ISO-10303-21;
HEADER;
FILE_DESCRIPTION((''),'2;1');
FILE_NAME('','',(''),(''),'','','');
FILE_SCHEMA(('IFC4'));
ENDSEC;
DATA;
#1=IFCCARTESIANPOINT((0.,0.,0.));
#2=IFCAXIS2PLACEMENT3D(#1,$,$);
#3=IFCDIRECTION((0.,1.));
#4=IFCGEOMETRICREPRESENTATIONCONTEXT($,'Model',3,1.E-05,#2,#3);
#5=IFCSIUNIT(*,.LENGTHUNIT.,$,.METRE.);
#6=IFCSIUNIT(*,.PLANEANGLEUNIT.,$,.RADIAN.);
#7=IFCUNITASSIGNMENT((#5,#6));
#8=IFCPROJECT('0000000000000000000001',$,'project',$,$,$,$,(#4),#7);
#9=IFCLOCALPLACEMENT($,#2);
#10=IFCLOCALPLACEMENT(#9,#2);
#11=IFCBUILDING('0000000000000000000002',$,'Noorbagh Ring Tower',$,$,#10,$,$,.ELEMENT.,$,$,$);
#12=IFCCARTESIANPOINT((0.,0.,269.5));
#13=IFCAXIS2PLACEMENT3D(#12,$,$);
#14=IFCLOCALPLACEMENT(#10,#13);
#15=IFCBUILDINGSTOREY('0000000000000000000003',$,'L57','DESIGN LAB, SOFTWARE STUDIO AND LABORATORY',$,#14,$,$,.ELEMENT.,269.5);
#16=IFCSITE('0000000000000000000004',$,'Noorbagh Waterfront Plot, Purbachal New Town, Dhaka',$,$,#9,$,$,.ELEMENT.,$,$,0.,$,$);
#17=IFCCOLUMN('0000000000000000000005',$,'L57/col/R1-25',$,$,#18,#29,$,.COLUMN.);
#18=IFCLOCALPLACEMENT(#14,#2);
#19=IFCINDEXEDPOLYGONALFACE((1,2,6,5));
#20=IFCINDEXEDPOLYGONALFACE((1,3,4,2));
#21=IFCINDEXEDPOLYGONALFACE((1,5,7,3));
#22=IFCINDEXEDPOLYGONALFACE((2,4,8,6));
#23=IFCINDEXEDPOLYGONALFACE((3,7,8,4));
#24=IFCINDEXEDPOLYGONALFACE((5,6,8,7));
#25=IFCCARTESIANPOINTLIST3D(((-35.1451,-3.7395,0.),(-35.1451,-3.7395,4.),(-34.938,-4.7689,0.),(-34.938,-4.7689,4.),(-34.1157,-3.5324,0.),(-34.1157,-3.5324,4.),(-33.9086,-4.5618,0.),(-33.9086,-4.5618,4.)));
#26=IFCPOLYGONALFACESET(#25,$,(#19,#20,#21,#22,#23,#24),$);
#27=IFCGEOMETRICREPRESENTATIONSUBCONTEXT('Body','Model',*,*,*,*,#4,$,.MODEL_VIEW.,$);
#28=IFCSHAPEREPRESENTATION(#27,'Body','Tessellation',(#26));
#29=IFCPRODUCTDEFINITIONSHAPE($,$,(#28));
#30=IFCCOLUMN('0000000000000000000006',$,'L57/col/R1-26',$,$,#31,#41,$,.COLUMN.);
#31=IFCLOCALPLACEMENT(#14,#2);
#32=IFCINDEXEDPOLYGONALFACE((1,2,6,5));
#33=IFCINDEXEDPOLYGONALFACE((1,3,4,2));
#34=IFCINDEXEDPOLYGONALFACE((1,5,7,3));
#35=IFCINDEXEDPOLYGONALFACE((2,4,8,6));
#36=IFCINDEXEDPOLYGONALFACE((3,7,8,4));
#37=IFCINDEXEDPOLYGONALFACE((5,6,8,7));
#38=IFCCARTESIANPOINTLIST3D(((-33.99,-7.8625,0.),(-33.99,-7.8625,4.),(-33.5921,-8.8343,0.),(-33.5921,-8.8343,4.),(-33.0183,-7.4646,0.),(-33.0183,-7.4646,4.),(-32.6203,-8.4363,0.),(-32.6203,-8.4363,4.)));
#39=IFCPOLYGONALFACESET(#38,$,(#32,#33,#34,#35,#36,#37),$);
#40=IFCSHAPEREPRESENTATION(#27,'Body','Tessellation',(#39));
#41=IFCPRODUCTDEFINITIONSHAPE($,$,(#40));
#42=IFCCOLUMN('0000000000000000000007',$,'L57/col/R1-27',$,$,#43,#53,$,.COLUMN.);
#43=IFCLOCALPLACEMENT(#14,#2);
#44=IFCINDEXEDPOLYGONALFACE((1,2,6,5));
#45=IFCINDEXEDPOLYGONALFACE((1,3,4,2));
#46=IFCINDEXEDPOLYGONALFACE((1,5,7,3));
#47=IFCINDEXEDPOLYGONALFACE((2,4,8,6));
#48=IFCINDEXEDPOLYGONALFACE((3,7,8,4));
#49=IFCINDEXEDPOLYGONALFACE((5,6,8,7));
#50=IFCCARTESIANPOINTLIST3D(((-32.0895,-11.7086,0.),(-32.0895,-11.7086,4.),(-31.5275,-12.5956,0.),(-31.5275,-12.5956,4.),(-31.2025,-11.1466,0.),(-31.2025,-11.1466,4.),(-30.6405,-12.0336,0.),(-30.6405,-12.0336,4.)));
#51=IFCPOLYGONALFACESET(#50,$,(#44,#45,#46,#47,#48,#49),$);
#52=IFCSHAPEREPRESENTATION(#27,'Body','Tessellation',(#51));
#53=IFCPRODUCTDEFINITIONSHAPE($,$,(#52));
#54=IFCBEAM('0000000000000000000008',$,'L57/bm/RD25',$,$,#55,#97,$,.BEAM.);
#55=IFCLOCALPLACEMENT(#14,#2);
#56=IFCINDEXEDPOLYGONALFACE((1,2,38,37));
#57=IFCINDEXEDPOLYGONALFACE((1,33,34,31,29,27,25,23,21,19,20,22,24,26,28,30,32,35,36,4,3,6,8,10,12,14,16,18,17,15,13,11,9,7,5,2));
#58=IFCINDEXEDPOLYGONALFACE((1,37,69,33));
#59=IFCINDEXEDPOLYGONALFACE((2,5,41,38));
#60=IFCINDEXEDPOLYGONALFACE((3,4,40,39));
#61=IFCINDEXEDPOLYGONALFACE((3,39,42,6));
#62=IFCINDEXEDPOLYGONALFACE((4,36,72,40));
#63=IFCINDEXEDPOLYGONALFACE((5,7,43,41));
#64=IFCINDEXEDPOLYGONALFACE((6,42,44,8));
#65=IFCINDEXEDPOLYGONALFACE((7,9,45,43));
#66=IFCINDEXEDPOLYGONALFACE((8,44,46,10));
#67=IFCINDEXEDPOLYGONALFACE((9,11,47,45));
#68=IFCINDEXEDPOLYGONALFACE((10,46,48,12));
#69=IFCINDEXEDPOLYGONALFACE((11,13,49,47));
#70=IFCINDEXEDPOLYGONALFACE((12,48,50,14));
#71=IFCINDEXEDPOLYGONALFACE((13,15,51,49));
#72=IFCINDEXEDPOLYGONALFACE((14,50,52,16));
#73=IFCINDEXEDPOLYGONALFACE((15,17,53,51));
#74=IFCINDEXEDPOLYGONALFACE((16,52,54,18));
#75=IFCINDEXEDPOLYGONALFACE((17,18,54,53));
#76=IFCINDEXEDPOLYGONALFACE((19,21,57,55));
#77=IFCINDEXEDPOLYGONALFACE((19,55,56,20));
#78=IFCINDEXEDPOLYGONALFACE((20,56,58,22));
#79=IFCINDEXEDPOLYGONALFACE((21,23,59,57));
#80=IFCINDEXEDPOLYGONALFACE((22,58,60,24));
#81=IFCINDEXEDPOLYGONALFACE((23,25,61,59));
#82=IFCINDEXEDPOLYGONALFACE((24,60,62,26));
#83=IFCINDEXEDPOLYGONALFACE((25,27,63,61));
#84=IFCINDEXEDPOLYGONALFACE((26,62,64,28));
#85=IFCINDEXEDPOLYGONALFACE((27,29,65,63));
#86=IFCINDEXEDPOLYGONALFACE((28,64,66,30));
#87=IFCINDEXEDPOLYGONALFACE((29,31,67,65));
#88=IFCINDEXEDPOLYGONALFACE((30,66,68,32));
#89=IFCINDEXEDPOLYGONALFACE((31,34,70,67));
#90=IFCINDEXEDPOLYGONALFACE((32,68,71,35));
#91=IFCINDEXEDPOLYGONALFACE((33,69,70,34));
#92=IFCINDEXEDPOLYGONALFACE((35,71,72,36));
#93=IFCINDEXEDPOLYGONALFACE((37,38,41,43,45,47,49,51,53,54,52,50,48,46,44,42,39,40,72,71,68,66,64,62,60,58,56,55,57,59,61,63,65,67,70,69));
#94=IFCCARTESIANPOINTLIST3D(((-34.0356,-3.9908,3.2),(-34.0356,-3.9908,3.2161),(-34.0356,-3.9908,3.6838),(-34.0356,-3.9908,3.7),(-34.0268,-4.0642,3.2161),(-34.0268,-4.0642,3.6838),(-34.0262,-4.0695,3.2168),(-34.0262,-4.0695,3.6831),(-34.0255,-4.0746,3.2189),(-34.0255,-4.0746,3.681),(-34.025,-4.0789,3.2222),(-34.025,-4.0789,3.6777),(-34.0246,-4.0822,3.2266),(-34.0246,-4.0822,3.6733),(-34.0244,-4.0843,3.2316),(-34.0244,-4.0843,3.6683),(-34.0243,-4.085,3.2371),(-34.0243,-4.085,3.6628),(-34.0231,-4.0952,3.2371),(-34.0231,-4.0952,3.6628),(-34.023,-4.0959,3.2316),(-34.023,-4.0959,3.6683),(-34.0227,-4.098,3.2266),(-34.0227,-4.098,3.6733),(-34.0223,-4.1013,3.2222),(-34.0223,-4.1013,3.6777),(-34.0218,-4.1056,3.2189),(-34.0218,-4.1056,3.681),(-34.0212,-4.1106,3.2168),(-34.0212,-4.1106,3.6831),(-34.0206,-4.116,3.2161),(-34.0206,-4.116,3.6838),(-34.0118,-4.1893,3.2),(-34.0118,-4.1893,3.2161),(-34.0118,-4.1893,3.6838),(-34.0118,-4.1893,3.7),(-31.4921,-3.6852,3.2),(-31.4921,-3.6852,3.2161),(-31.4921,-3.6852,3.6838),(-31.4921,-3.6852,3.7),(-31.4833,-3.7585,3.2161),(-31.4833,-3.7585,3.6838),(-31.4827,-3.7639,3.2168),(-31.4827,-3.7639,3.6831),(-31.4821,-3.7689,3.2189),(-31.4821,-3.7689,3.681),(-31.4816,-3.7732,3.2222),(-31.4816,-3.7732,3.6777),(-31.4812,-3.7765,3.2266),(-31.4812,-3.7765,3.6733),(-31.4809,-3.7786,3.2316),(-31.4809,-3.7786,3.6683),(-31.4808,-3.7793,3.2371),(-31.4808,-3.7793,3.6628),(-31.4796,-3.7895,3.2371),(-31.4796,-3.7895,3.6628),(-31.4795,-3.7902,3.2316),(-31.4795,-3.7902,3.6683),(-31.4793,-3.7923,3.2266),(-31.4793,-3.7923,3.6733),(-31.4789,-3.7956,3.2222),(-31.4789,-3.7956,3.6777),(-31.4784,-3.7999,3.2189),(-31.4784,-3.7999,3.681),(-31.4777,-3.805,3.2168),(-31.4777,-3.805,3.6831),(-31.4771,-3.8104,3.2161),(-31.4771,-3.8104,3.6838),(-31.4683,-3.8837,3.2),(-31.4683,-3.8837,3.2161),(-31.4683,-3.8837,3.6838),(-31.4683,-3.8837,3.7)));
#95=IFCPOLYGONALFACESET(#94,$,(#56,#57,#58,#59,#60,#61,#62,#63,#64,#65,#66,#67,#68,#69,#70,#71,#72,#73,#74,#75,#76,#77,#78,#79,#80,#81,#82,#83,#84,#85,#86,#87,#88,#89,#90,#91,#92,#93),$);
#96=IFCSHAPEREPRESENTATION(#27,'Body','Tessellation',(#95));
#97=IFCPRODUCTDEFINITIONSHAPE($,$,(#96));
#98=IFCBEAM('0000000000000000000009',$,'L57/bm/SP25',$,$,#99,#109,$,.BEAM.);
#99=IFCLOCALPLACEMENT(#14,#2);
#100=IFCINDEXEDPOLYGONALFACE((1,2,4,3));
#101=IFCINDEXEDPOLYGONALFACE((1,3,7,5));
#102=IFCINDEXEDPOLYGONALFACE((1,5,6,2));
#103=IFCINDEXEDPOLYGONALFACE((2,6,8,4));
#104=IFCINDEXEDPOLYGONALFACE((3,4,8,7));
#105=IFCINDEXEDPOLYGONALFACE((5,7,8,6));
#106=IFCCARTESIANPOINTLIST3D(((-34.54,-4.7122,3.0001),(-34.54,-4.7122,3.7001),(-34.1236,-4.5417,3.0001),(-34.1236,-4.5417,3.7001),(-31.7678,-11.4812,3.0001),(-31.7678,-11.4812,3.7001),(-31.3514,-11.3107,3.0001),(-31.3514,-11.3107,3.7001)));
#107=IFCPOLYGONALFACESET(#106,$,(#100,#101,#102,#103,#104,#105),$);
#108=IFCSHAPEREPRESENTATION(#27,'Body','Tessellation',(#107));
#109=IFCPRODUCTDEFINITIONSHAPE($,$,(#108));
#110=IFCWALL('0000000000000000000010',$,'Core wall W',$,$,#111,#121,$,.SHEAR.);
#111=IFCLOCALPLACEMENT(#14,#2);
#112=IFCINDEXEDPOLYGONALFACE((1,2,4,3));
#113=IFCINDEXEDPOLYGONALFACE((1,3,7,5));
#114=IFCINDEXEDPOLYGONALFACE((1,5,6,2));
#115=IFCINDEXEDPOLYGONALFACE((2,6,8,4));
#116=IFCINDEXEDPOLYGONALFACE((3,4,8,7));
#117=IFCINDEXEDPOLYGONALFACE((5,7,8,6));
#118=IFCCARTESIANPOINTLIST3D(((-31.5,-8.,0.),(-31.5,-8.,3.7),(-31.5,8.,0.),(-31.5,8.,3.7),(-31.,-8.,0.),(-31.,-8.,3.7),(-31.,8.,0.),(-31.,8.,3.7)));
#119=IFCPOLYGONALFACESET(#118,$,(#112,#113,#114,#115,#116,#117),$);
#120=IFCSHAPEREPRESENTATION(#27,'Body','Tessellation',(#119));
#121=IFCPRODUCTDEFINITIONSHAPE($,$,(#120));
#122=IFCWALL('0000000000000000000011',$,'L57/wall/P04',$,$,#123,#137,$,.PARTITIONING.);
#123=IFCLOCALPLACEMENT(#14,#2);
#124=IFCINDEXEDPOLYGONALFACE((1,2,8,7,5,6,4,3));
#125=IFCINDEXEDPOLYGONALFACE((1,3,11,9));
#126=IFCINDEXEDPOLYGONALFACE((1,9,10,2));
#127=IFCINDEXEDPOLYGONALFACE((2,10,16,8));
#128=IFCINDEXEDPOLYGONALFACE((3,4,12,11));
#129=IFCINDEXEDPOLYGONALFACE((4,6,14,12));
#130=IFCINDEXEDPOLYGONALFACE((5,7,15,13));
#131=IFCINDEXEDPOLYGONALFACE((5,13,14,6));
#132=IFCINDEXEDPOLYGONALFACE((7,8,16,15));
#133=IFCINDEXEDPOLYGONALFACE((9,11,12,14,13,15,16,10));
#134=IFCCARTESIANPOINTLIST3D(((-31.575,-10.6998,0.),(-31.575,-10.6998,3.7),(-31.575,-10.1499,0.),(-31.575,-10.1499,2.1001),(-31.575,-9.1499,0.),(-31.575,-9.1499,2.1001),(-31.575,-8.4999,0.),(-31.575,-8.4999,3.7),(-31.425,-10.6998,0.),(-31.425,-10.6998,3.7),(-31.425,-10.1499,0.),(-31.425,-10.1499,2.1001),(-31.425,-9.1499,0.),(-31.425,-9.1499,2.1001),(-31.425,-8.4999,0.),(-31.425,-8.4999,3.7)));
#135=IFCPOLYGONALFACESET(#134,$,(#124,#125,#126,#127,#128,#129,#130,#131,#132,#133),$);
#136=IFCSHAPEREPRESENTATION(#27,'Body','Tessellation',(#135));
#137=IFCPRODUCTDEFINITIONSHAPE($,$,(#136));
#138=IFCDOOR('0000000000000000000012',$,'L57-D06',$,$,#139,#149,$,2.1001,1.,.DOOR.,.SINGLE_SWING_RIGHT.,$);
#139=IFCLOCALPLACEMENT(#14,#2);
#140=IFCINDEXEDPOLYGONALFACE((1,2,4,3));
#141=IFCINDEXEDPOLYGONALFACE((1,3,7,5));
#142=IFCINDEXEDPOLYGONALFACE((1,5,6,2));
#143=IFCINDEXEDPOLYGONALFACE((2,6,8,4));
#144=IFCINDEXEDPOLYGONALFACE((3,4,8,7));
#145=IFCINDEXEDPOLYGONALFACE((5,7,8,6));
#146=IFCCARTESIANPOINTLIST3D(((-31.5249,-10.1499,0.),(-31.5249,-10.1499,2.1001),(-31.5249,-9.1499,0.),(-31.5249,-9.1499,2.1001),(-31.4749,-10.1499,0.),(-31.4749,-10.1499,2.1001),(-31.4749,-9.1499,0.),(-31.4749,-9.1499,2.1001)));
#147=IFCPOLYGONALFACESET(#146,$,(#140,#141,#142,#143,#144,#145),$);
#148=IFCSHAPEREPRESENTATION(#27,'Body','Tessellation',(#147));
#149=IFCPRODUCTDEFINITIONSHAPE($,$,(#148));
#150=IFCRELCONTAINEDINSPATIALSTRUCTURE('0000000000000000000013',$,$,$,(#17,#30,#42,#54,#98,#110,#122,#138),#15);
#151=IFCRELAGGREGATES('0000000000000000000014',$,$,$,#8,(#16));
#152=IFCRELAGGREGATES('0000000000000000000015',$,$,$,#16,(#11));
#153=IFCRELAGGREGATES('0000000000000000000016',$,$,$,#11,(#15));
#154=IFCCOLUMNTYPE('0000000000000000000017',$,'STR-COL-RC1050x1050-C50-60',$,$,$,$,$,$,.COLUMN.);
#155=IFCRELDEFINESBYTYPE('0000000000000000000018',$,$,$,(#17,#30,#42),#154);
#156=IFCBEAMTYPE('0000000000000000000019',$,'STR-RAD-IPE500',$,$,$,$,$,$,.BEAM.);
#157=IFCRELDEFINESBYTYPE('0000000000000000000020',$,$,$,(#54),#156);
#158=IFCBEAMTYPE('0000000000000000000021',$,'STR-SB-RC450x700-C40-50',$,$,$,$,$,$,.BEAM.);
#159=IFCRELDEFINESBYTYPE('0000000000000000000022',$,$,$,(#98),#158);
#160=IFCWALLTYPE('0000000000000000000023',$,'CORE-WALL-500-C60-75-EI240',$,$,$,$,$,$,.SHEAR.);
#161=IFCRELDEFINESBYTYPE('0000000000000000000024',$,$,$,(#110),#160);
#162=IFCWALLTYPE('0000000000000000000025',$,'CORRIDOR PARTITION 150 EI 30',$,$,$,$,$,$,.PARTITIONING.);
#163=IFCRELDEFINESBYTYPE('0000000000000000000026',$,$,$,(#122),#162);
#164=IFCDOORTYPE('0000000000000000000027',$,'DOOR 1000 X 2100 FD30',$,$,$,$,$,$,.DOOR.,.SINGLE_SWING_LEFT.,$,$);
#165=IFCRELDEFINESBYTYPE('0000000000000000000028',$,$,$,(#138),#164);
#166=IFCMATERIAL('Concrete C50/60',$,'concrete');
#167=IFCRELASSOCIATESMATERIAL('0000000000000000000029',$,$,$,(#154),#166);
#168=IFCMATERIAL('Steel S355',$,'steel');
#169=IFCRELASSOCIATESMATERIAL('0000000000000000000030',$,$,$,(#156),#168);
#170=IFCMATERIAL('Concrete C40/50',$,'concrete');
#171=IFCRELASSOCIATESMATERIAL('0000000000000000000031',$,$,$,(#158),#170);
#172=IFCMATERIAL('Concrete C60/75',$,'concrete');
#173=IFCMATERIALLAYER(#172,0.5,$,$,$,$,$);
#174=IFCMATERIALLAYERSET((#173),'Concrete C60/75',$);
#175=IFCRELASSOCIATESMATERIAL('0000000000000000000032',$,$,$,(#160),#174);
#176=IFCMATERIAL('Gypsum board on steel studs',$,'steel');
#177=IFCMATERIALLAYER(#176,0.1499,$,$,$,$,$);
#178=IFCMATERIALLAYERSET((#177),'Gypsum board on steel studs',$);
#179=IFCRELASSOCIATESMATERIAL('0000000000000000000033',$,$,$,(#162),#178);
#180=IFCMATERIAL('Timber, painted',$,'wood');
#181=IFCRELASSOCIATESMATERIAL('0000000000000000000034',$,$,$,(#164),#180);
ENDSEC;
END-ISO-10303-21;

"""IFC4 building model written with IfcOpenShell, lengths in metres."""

from ifc_helpers import new_model, si_unit, direction, frame, frame_2d, origin, origin_2d, place, context, subcontext, project, spatial, rectangle, i_section, extrude, material, layer, layer_set, material_profile, profile_set, type_object, element, fill, save


model = new_model("IFC4")

# Units and contexts
model_context = context("Model", 3, precision=1e-05, world=origin(), true_north=direction((0.0, 1.0)))
body_context = subcontext(model_context, "Body", "Model", "MODEL_VIEW")
ifc_project = project(units=[si_unit("LENGTHUNIT", "METRE"), si_unit("PLANEANGLEUNIT", "RADIAN")], contexts=[model_context])

# Site, building, storey
site_placement = place(None, origin())
site = spatial("IfcSite", under=ifc_project, at=site_placement, Name="Noorbagh Waterfront Plot, Purbachal New Town, Dhaka", CompositionType="ELEMENT", RefElevation=0.0)
building_placement = place(site_placement, origin())
building = spatial("IfcBuilding", under=site, at=building_placement, Name="Noorbagh Ring Tower", CompositionType="ELEMENT")
storey_placement = place(building_placement, frame((0.0, 0.0, 269.5)))
storey = spatial("IfcBuildingStorey", under=building, at=storey_placement, Name="L57", Description="DESIGN LAB, SOFTWARE STUDIO AND LABORATORY", CompositionType="ELEMENT", Elevation=269.5)

# Columns
ifc_material_1 = material(Name="Concrete C50/60", Category="concrete")
ifc_material_profile_1 = material_profile(ifc_material_1, rectangle(XDim=1.05, YDim=1.05, at=origin_2d()), Name="RC1050x1050")
ifc_profile_set_1 = profile_set([ifc_material_profile_1], Name="Concrete C50/60")
column_type = type_object("IfcColumnType", Name="STR-COL-RC1050x1050-C50-60", PredefinedType="COLUMN", material=ifc_profile_set_1)
for number, where, z_axis, x_axis, name in (
    (1, (-34.5269, -4.1506, 0.0), (0.0, 0.0, 1.0), (0.19723, -0.980357, 0.0), "L57/col/R1-25"),
    (2, (-33.3052, -8.1494, 0.0), (0.0, 0.0, 1.0), (0.378989, -0.925401, 0.0), "L57/col/R1-26"),
    (3, (-31.365, -11.8711, 0.0), (0.0, 0.0, 1.0), (0.53519, -0.844731, 0.0), "L57/col/R1-27"),
):
    element("IfcColumn", number, at=place(storey_placement, frame(where, z_axis=z_axis, x_axis=x_axis)), inside=storey, type_object=column_type, Name=name, PredefinedType="COLUMN", context=body_context, shape_type="SweptSolid", body=[
        extrude(rectangle(XDim=1.05, YDim=1.05, at=origin_2d()), origin(), (0.0, 0.0, 1.0), 4.0),
    ])

# Beams
ifc_material_2 = material(Name="Steel S355", Category="steel")
ifc_material_profile_2 = material_profile(ifc_material_2, i_section(OverallWidth=0.2, OverallDepth=0.5, WebThickness=0.0103, FlangeThickness=0.0161, FilletRadius=0.021, at=origin_2d()), Name="IPE500")
ifc_profile_set_2 = profile_set([ifc_material_profile_2], Name="Steel S355")
beam_type_1 = type_object("IfcBeamType", Name="STR-RAD-IPE500", PredefinedType="BEAM", material=ifc_profile_set_2)
beam_1_placement = place(storey_placement, frame((-34.0237, -4.0901, 3.45), z_axis=(0.992856, 0.119318, 0.0), x_axis=(-0.119318, 0.992856, 0.0)))
element("IfcBeam", 4, at=beam_1_placement, inside=storey, type_object=beam_type_1, Name="L57/bm/RD25", PredefinedType="BEAM", context=body_context, shape_type="SweptSolid", body=[
    extrude(i_section(OverallWidth=0.2, OverallDepth=0.5, WebThickness=0.0103, FlangeThickness=0.0161, FilletRadius=0.021, at=origin_2d()), origin(), (0.0, 0.0, 1.0), 2.5618),
])
ifc_material_3 = material(Name="Concrete C40/50", Category="concrete")
ifc_material_profile_3 = material_profile(ifc_material_3, rectangle(XDim=0.45, YDim=0.7, at=origin_2d()), Name="RC450x700")
ifc_profile_set_3 = profile_set([ifc_material_profile_3], Name="Concrete C40/50")
beam_type_2 = type_object("IfcBeamType", Name="STR-SB-RC450x700-C40-50", PredefinedType="BEAM", material=ifc_profile_set_3)
beam_2_placement = place(storey_placement, frame((-34.3318, -4.627, 3.3501), z_axis=(0.378992, -0.9254, 0.0), x_axis=(0.9254, 0.378992, 0.0)))
element("IfcBeam", 5, at=beam_2_placement, inside=storey, type_object=beam_type_2, Name="L57/bm/SP25", PredefinedType="BEAM", context=body_context, shape_type="SweptSolid", body=[
    extrude(rectangle(XDim=0.45, YDim=0.7, at=origin_2d()), origin(), (0.0, 0.0, 1.0), 7.3147),
])

# Wall
ifc_material_4 = material(Name="Concrete C60/75", Category="concrete")
ifc_layer_1 = layer(ifc_material_4, 0.5)
ifc_layer_set_1 = layer_set([ifc_layer_1], Name="Concrete C60/75")
wall_type_1 = type_object("IfcWallType", Name="CORE-WALL-500-C60-75-EI240", PredefinedType="SHEAR", material=ifc_layer_set_1)
wall_1_placement = place(storey_placement, frame((-31.25, -8.0, 0.0), z_axis=(0.0, 0.0, 1.0), x_axis=(0.0, 1.0, 0.0)))
element("IfcWall", 6, at=wall_1_placement, inside=storey, type_object=wall_type_1, Name="Core wall W", PredefinedType="SHEAR", context=body_context, shape_type="SweptSolid", body=[
    extrude(rectangle(XDim=16.0, YDim=0.5, at=frame_2d((8.0, 0.0))), origin(), (0.0, 0.0, 1.0), 3.7),
])

# Wall, opening, door
ifc_material_5 = material(Name="Gypsum board on steel studs", Category="steel")
ifc_layer_2 = layer(ifc_material_5, 0.1499)
ifc_layer_set_2 = layer_set([ifc_layer_2], Name="Gypsum board on steel studs")
wall_type_2 = type_object("IfcWallType", Name="CORRIDOR PARTITION 150 EI 30", PredefinedType="PARTITIONING", material=ifc_layer_set_2)
wall_2_placement = place(storey_placement, frame((-31.5, -10.7, 0.0), z_axis=(0.0, 0.0, 1.0), x_axis=(0.0, 1.0, 0.0)))
wall_2 = element("IfcWall", 7, at=wall_2_placement, inside=storey, type_object=wall_type_2, Name="L57/wall/P04", PredefinedType="PARTITIONING", context=body_context, shape_type="SweptSolid", body=[
    extrude(rectangle(XDim=2.2, YDim=0.1499, at=frame_2d((1.1001, 0.0))), origin(), (0.0, 0.0, 1.0), 3.7),
])
opening_1_placement = place(wall_2_placement, frame((0.55, 0.0, 0.0)))
opening_1 = element("IfcOpeningElement", 8, at=opening_1_placement, cuts=wall_2, PredefinedType="OPENING", context=body_context, shape_type="SweptSolid", body=[
    extrude(rectangle(XDim=1.0, YDim=2.1001, at=frame_2d((0.5, 1.05))), frame((0.0, 0.085, 0.0), z_axis=(0.0, -1.0, 0.0), x_axis=(1.0, 0.0, 0.0)), (0.0, 0.0, 1.0), 0.1699),
])
ifc_material_6 = material(Name="Timber, painted", Category="wood")
door_type = type_object("IfcDoorType", Name="DOOR 1000 X 2100 FD30", OperationType="SINGLE_SWING_LEFT", PredefinedType="DOOR", material=ifc_material_6)
door_1_placement = place(opening_1_placement, origin())
door_1 = element("IfcDoor", 9, at=door_1_placement, inside=storey, type_object=door_type, Name="L57-D06", OperationType="SINGLE_SWING_RIGHT", OverallHeight=2.1001, OverallWidth=1.0, PredefinedType="DOOR", context=body_context, shape_type="SweptSolid", body=[
    extrude(rectangle(XDim=1.0, YDim=2.1001, at=frame_2d((0.5, 1.05))), frame((0.0, 0.0249, 0.0), z_axis=(0.0, -1.0, 0.0), x_axis=(1.0, 0.0, 0.0)), (0.0, 0.0, 1.0), 0.05),
])
fill(opening_1, door_1)

save(model, "model.ifc")
